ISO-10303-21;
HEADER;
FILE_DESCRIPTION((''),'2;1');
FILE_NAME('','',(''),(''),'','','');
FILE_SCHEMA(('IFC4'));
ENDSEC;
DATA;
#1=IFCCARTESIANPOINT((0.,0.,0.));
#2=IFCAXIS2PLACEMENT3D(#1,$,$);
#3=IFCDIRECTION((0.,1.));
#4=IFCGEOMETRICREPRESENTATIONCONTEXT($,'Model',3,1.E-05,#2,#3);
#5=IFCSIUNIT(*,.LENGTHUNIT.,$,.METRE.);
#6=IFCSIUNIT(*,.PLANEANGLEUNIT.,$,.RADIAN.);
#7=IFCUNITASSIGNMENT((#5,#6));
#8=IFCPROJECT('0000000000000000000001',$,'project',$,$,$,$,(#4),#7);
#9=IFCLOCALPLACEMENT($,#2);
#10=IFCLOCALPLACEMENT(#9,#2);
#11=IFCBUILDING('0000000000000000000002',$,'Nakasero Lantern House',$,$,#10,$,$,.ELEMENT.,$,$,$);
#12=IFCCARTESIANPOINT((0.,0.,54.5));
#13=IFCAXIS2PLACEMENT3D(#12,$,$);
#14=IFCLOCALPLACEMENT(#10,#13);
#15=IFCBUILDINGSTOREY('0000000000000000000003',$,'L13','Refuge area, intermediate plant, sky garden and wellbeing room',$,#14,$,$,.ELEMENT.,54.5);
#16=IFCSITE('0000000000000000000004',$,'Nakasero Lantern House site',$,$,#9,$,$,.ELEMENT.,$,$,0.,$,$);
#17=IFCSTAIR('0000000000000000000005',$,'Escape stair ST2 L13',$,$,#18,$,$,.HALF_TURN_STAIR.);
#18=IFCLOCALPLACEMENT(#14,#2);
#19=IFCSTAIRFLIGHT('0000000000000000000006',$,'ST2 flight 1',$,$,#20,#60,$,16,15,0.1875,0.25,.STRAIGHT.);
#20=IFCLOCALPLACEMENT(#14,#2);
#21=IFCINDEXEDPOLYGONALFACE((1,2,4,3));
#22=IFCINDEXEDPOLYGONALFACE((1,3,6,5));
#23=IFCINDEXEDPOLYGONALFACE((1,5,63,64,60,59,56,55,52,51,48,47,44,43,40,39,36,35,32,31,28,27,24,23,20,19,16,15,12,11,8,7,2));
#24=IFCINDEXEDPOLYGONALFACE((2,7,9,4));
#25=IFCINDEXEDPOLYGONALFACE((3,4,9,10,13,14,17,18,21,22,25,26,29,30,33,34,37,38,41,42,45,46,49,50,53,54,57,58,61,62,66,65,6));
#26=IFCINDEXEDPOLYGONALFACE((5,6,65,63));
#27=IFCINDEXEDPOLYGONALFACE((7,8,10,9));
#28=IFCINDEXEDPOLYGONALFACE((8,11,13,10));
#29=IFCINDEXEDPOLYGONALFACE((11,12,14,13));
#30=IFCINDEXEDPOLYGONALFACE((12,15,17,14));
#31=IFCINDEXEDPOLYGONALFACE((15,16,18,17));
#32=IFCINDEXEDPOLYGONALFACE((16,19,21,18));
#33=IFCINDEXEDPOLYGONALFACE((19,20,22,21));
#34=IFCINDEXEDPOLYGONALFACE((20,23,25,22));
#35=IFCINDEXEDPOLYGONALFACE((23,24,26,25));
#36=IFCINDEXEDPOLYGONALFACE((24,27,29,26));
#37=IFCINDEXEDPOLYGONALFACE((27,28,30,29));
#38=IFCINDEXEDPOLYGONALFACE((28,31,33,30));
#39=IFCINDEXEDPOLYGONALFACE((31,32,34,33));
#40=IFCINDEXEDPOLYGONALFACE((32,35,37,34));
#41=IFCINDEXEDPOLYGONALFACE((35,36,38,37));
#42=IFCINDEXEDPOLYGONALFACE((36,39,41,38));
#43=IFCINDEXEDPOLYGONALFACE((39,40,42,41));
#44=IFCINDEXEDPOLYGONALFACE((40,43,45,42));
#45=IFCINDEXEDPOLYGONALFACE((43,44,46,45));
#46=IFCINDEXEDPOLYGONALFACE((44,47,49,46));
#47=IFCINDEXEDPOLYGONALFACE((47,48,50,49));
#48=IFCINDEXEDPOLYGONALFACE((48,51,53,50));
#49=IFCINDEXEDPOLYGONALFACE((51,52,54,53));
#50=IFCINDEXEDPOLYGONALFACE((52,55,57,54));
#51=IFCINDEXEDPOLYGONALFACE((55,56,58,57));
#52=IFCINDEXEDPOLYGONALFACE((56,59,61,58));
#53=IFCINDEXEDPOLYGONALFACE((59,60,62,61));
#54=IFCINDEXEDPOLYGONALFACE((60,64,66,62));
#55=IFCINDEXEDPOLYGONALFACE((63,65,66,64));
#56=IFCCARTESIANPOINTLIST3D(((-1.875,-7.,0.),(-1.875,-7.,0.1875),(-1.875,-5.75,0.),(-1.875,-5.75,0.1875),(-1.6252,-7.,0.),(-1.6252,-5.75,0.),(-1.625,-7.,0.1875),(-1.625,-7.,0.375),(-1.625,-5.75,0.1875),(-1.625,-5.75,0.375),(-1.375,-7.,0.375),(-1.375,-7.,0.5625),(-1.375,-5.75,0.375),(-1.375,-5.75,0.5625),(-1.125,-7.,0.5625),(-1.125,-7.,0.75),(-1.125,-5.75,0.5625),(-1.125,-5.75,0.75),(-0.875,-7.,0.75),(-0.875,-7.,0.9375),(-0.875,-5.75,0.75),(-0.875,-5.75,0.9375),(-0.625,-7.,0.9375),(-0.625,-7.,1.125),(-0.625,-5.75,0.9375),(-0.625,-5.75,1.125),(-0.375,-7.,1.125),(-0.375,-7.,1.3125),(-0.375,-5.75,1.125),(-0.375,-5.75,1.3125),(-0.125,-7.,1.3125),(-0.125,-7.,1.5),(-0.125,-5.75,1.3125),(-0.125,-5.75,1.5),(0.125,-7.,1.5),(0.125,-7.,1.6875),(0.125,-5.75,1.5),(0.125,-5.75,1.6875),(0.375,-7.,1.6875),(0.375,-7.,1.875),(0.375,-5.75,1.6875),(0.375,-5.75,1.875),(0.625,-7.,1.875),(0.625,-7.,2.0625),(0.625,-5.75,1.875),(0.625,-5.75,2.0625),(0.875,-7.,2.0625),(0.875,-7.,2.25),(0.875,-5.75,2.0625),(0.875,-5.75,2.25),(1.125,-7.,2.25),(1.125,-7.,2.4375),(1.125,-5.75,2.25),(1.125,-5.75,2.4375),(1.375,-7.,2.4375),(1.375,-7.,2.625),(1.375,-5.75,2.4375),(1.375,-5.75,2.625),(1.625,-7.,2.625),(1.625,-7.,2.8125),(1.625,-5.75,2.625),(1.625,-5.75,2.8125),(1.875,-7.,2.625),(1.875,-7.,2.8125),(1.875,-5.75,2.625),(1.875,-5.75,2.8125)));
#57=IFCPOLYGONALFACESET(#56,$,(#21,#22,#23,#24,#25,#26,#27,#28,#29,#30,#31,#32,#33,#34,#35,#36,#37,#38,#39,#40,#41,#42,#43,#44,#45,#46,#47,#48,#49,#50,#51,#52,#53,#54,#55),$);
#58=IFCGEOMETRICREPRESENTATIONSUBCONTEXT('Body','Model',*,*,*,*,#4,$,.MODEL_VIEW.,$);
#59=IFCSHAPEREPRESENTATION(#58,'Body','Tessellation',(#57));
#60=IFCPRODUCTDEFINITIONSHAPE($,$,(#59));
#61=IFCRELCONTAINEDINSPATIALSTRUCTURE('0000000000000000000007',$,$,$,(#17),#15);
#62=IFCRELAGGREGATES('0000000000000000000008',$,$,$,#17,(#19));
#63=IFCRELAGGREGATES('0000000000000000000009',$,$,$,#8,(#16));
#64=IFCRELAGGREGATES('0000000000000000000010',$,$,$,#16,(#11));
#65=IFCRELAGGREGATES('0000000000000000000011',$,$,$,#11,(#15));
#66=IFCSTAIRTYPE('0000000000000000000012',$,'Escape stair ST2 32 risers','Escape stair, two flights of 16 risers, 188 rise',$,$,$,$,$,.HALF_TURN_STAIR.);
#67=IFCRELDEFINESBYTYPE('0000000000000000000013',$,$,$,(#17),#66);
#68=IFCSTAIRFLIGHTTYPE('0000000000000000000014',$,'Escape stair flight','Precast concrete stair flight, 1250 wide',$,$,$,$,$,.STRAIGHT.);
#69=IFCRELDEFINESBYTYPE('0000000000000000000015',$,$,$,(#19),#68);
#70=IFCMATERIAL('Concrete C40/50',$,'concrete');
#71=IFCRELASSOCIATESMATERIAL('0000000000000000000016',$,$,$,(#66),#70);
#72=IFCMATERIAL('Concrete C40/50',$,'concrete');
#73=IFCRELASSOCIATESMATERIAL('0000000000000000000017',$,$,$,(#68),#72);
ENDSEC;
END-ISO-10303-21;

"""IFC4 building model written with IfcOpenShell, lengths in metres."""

from ifc_helpers import new_model, si_unit, direction, frame, origin, place, context, subcontext, project, spatial, polyline, outline, extrude, material, type_object, element, aggregate, save


model = new_model("IFC4")

# Units and contexts
model_context = context("Model", 3, precision=1e-05, world=origin(), true_north=direction((0.0, 1.0)))
body_context = subcontext(model_context, "Body", "Model", "MODEL_VIEW")
ifc_project = project(units=[si_unit("LENGTHUNIT", "METRE"), si_unit("PLANEANGLEUNIT", "RADIAN")], contexts=[model_context])

# Site, building, storey
site_placement = place(None, origin())
site = spatial("IfcSite", under=ifc_project, at=site_placement, Name="Nakasero Lantern House site", CompositionType="ELEMENT", RefElevation=0.0)
building_placement = place(site_placement, origin())
building = spatial("IfcBuilding", under=site, at=building_placement, Name="Nakasero Lantern House", CompositionType="ELEMENT")
storey_placement = place(building_placement, frame((0.0, 0.0, 54.5)))
storey = spatial("IfcBuildingStorey", under=building, at=storey_placement, Name="L13", Description="Refuge area, intermediate plant, sky garden and wellbeing room", CompositionType="ELEMENT", Elevation=54.5)

# Stair, stair flight
ifc_material_1 = material(Name="Concrete C40/50", Category="concrete")
stair_type = type_object("IfcStairType", Name="Escape stair ST2 32 risers", Description="Escape stair, two flights of 16 risers, 188 rise", PredefinedType="HALF_TURN_STAIR", material=ifc_material_1)
stair_placement = place(storey_placement, origin())
stair = element("IfcStair", 1, at=stair_placement, inside=storey, type_object=stair_type, Name="Escape stair ST2 L13", PredefinedType="HALF_TURN_STAIR")
ifc_material_2 = material(Name="Concrete C40/50", Category="concrete")
stair_flight_type = type_object("IfcStairFlightType", Name="Escape stair flight", Description="Precast concrete stair flight, 1250 wide", PredefinedType="STRAIGHT", material=ifc_material_2)
stair_flight_placement = place(storey_placement, frame((-1.875, -6.375, 0.0), z_axis=(0.0, 0.0, 1.0), x_axis=(1.0, 0.0, 0.0)))
stair_flight = element("IfcStairFlight", 2, at=stair_flight_placement, type_object=stair_flight_type, Name="ST2 flight 1", NumberOfRisers=16, NumberOfTreads=15, PredefinedType="STRAIGHT", RiserHeight=0.1875, TreadLength=0.25, context=body_context, shape_type="SweptSolid", body=[
    extrude(outline(polyline([(0.0, 0.0), (0.0, 0.1875), (0.25, 0.1875), (0.25, 0.375), (0.5, 0.375), (0.5, 0.5625), (0.75, 0.5625), (0.75, 0.75), (1.0, 0.75), (1.0, 0.9375), (1.25, 0.9375), (1.25, 1.125), (1.5, 1.125), (1.5, 1.3125), (1.75, 1.3125), (1.75, 1.5), (2.0, 1.5), (2.0, 1.6875), (2.25, 1.6875), (2.25, 1.875), (2.5, 1.875), (2.5, 2.0625), (2.75, 2.0625), (2.75, 2.25), (3.0, 2.25), (3.0, 2.4375), (3.25, 2.4375), (3.25, 2.625), (3.5, 2.625), (3.5, 2.8125), (3.75, 2.8125), (3.75, 3.0), (3.75, 2.625), (0.2498, 0.0), (0.0, 0.0)])), frame((0.0, 0.625, 0.0), z_axis=(0.0, -1.0, 0.0), x_axis=(1.0, 0.0, 0.0)), (0.0, 0.0, 1.0), 1.25),
])
aggregate(stair, [stair_flight])

save(model, "model.ifc")
